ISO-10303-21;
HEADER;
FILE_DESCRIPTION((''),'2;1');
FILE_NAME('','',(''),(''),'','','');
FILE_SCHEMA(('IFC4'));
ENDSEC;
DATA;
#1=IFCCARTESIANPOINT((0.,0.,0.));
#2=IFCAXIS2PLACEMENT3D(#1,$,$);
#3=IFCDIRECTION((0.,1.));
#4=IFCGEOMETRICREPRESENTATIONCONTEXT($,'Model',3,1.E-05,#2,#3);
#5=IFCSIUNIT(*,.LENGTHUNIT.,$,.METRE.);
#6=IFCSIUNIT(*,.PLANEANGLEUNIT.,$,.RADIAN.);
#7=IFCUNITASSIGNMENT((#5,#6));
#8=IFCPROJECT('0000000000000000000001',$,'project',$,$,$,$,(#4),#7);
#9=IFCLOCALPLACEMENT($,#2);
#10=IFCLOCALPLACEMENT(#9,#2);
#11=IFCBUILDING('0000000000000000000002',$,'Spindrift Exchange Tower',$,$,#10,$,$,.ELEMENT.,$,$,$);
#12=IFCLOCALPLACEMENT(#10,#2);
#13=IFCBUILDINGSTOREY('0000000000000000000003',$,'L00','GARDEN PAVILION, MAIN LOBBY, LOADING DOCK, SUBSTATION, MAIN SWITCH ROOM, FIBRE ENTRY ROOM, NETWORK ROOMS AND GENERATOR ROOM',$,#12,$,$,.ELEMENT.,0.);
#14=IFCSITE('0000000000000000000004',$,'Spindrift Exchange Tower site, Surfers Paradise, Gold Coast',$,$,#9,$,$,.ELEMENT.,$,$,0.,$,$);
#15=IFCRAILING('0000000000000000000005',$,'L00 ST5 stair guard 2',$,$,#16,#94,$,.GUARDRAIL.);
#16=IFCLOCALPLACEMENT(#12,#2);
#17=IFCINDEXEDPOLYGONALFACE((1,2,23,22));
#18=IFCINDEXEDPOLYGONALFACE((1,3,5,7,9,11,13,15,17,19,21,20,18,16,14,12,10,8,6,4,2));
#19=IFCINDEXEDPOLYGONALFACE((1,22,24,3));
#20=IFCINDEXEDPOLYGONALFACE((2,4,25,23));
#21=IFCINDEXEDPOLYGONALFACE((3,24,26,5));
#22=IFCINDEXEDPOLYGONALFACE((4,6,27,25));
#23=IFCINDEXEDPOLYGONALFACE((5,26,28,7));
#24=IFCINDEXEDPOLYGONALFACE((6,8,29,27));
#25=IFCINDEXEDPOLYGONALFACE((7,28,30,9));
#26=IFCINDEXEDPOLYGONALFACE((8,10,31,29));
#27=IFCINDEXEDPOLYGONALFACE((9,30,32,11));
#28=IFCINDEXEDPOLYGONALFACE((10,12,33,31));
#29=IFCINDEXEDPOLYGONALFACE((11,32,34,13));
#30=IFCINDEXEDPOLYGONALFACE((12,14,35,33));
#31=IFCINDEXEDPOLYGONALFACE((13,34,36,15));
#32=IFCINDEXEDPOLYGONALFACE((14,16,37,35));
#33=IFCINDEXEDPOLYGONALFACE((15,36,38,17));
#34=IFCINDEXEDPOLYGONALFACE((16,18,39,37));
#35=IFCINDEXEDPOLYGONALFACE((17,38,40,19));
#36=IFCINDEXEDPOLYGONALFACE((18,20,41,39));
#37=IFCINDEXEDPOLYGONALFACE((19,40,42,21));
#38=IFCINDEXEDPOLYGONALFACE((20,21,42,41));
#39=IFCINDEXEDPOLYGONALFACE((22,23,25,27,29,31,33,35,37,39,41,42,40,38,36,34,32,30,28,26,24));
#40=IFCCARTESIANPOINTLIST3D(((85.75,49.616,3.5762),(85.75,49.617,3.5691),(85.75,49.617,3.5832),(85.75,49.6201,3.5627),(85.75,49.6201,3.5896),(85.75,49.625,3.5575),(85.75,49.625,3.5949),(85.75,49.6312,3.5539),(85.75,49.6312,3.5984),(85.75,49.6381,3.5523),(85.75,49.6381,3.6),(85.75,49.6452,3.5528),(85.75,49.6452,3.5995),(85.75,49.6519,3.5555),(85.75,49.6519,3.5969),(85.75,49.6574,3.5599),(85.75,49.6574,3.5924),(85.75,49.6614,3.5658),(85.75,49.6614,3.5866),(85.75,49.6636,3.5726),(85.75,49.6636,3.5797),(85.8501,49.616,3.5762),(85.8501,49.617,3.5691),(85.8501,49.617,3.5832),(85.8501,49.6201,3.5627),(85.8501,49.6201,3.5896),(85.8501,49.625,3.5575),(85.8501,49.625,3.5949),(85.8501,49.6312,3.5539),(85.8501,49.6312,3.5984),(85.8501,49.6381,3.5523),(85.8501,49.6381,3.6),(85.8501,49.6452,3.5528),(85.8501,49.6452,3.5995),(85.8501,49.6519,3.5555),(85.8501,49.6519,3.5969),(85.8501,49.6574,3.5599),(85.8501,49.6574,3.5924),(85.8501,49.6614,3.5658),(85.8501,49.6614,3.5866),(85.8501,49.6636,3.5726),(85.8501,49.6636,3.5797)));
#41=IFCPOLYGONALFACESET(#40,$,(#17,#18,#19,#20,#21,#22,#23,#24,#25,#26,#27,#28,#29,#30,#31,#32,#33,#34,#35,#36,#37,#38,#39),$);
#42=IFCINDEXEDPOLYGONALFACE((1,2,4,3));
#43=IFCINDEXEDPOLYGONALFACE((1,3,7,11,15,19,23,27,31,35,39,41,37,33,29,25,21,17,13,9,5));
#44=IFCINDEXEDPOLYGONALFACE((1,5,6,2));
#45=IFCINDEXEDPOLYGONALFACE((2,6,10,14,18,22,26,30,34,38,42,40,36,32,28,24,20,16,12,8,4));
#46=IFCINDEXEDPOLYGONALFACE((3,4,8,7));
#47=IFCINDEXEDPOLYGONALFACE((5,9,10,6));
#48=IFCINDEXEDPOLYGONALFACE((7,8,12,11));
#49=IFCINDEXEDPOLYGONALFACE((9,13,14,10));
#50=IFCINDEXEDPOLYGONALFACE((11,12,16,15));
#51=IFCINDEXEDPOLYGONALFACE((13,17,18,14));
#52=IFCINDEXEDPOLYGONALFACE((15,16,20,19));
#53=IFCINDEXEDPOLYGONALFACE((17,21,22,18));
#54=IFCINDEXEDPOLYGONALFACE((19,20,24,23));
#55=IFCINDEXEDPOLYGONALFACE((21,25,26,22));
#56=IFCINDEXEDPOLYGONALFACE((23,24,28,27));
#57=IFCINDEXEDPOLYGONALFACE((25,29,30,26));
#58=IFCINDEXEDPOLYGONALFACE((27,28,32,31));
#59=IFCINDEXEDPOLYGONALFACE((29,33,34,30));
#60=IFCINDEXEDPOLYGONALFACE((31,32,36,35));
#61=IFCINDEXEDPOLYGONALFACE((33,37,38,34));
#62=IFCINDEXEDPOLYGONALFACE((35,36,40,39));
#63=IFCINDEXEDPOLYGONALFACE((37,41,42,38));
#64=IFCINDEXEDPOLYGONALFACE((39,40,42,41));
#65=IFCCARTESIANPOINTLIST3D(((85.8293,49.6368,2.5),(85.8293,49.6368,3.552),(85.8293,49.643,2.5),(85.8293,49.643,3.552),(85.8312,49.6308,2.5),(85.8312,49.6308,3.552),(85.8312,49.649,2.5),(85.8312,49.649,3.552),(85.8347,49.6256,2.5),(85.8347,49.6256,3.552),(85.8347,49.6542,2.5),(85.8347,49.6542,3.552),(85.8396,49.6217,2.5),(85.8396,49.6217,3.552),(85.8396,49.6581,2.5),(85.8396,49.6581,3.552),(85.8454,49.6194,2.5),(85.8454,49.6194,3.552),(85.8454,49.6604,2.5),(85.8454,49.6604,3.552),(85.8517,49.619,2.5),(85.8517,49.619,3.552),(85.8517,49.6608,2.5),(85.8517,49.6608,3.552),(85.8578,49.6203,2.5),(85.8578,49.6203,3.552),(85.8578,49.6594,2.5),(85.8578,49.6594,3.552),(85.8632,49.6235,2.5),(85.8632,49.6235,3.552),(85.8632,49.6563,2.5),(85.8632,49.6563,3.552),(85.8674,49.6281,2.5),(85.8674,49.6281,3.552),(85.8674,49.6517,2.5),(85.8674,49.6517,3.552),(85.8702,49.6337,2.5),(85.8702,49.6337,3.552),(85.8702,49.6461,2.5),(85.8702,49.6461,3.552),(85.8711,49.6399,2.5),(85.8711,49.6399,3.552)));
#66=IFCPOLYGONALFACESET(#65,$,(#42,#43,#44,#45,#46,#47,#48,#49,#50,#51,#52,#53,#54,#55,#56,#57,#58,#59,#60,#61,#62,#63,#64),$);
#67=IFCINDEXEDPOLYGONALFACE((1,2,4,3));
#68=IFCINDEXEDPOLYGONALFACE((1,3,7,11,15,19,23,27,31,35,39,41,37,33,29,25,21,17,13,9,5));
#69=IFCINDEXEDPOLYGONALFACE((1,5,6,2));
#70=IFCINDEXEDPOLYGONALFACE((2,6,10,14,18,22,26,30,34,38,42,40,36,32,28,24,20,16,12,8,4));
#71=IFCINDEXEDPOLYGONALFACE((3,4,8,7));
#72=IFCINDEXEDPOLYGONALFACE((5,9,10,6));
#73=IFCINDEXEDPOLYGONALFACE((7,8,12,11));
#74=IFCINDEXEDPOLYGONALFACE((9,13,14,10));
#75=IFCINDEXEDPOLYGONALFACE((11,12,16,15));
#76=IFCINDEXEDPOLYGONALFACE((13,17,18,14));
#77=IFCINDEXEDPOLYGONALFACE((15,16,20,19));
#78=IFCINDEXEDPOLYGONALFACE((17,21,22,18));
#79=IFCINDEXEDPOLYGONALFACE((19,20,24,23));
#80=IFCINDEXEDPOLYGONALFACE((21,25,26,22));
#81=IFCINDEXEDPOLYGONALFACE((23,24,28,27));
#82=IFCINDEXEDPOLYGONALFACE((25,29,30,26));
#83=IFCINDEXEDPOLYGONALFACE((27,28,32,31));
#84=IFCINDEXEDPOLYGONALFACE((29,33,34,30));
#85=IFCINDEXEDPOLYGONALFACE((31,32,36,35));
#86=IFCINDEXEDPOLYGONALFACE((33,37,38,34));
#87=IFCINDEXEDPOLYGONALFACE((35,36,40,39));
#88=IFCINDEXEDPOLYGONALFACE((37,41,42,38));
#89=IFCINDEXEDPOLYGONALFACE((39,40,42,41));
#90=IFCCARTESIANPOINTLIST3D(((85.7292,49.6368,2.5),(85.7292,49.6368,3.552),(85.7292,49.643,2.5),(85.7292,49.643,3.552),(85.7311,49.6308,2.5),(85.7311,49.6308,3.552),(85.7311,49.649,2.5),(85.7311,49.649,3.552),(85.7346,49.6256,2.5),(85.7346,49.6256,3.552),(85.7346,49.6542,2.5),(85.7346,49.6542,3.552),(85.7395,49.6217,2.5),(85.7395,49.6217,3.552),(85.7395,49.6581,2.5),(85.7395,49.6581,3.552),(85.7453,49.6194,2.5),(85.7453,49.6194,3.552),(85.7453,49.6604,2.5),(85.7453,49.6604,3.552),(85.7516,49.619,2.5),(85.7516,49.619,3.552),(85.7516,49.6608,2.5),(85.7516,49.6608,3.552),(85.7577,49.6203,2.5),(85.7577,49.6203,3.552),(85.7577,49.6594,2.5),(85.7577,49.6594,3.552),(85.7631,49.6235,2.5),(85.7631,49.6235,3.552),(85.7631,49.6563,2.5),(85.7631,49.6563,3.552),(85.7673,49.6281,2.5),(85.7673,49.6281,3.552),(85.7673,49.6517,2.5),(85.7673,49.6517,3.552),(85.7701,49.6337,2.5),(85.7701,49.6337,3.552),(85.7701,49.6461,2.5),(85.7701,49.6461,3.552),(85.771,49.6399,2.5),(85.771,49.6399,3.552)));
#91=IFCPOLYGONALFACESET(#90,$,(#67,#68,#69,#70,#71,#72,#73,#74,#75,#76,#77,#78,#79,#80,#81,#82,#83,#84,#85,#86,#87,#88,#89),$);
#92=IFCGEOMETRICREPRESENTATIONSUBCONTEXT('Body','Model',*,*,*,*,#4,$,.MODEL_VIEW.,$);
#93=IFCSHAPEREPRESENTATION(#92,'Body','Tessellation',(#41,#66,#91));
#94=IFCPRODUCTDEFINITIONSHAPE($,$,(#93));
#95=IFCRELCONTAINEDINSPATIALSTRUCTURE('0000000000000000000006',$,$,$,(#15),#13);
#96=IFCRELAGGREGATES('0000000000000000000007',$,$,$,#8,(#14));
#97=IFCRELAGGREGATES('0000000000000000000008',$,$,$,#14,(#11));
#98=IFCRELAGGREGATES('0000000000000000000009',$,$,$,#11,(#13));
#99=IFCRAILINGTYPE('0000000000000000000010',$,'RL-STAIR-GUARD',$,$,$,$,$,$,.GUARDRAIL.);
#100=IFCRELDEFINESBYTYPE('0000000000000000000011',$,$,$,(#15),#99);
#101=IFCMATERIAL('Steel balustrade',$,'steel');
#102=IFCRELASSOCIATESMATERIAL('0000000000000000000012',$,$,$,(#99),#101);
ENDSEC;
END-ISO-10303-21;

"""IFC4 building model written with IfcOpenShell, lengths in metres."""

from ifc_helpers import new_model, si_unit, direction, frame, origin, origin_2d, place, context, subcontext, project, spatial, circle, extrude, material, type_object, element, save


model = new_model("IFC4")

# Units and contexts
model_context = context("Model", 3, precision=1e-05, world=origin(), true_north=direction((0.0, 1.0)))
body_context = subcontext(model_context, "Body", "Model", "MODEL_VIEW")
ifc_project = project(units=[si_unit("LENGTHUNIT", "METRE"), si_unit("PLANEANGLEUNIT", "RADIAN")], contexts=[model_context])

# Site, building, storey
site_placement = place(None, origin())
site = spatial("IfcSite", under=ifc_project, at=site_placement, Name="Spindrift Exchange Tower site, Surfers Paradise, Gold Coast", CompositionType="ELEMENT", RefElevation=0.0)
building_placement = place(site_placement, origin())
building = spatial("IfcBuilding", under=site, at=building_placement, Name="Spindrift Exchange Tower", CompositionType="ELEMENT")
storey_placement = place(building_placement, origin())
storey = spatial("IfcBuildingStorey", under=building, at=storey_placement, Name="L00", Description="GARDEN PAVILION, MAIN LOBBY, LOADING DOCK, SUBSTATION, MAIN SWITCH ROOM, FIBRE ENTRY ROOM, NETWORK ROOMS AND GENERATOR ROOM", CompositionType="ELEMENT", Elevation=0.0)

# Railing
ifc_material_1 = material(Name="Steel balustrade", Category="steel")
railing_type_1 = type_object("IfcRailingType", Name="RL-STAIR-GUARD", PredefinedType="GUARDRAIL", material=ifc_material_1)
railing_1_placement = place(storey_placement, frame((85.8501, 49.6399, 2.5)))
element("IfcRailing", 1, at=railing_1_placement, inside=storey, type_object=railing_type_1, Name="L00 ST5 stair guard 2", PredefinedType="GUARDRAIL", context=body_context, shape_type="SweptSolid", body=[
    extrude(circle(Radius=0.0239, at=origin_2d()), frame((0.0, 0.0, 1.0762), z_axis=(-1.0, 0.0, 0.0), x_axis=(0.0, -1.0, 0.0)), (0.0, 0.0, 1.0), 0.1001),
    extrude(circle(Radius=0.021, at=origin_2d()), origin(), (0.0, 0.0, 1.0), 1.052),
    extrude(circle(Radius=0.021, at=origin_2d()), frame((-0.1001, 0.0, 0.0)), (0.0, 0.0, 1.0), 1.052),
])

save(model, "model.ifc")
